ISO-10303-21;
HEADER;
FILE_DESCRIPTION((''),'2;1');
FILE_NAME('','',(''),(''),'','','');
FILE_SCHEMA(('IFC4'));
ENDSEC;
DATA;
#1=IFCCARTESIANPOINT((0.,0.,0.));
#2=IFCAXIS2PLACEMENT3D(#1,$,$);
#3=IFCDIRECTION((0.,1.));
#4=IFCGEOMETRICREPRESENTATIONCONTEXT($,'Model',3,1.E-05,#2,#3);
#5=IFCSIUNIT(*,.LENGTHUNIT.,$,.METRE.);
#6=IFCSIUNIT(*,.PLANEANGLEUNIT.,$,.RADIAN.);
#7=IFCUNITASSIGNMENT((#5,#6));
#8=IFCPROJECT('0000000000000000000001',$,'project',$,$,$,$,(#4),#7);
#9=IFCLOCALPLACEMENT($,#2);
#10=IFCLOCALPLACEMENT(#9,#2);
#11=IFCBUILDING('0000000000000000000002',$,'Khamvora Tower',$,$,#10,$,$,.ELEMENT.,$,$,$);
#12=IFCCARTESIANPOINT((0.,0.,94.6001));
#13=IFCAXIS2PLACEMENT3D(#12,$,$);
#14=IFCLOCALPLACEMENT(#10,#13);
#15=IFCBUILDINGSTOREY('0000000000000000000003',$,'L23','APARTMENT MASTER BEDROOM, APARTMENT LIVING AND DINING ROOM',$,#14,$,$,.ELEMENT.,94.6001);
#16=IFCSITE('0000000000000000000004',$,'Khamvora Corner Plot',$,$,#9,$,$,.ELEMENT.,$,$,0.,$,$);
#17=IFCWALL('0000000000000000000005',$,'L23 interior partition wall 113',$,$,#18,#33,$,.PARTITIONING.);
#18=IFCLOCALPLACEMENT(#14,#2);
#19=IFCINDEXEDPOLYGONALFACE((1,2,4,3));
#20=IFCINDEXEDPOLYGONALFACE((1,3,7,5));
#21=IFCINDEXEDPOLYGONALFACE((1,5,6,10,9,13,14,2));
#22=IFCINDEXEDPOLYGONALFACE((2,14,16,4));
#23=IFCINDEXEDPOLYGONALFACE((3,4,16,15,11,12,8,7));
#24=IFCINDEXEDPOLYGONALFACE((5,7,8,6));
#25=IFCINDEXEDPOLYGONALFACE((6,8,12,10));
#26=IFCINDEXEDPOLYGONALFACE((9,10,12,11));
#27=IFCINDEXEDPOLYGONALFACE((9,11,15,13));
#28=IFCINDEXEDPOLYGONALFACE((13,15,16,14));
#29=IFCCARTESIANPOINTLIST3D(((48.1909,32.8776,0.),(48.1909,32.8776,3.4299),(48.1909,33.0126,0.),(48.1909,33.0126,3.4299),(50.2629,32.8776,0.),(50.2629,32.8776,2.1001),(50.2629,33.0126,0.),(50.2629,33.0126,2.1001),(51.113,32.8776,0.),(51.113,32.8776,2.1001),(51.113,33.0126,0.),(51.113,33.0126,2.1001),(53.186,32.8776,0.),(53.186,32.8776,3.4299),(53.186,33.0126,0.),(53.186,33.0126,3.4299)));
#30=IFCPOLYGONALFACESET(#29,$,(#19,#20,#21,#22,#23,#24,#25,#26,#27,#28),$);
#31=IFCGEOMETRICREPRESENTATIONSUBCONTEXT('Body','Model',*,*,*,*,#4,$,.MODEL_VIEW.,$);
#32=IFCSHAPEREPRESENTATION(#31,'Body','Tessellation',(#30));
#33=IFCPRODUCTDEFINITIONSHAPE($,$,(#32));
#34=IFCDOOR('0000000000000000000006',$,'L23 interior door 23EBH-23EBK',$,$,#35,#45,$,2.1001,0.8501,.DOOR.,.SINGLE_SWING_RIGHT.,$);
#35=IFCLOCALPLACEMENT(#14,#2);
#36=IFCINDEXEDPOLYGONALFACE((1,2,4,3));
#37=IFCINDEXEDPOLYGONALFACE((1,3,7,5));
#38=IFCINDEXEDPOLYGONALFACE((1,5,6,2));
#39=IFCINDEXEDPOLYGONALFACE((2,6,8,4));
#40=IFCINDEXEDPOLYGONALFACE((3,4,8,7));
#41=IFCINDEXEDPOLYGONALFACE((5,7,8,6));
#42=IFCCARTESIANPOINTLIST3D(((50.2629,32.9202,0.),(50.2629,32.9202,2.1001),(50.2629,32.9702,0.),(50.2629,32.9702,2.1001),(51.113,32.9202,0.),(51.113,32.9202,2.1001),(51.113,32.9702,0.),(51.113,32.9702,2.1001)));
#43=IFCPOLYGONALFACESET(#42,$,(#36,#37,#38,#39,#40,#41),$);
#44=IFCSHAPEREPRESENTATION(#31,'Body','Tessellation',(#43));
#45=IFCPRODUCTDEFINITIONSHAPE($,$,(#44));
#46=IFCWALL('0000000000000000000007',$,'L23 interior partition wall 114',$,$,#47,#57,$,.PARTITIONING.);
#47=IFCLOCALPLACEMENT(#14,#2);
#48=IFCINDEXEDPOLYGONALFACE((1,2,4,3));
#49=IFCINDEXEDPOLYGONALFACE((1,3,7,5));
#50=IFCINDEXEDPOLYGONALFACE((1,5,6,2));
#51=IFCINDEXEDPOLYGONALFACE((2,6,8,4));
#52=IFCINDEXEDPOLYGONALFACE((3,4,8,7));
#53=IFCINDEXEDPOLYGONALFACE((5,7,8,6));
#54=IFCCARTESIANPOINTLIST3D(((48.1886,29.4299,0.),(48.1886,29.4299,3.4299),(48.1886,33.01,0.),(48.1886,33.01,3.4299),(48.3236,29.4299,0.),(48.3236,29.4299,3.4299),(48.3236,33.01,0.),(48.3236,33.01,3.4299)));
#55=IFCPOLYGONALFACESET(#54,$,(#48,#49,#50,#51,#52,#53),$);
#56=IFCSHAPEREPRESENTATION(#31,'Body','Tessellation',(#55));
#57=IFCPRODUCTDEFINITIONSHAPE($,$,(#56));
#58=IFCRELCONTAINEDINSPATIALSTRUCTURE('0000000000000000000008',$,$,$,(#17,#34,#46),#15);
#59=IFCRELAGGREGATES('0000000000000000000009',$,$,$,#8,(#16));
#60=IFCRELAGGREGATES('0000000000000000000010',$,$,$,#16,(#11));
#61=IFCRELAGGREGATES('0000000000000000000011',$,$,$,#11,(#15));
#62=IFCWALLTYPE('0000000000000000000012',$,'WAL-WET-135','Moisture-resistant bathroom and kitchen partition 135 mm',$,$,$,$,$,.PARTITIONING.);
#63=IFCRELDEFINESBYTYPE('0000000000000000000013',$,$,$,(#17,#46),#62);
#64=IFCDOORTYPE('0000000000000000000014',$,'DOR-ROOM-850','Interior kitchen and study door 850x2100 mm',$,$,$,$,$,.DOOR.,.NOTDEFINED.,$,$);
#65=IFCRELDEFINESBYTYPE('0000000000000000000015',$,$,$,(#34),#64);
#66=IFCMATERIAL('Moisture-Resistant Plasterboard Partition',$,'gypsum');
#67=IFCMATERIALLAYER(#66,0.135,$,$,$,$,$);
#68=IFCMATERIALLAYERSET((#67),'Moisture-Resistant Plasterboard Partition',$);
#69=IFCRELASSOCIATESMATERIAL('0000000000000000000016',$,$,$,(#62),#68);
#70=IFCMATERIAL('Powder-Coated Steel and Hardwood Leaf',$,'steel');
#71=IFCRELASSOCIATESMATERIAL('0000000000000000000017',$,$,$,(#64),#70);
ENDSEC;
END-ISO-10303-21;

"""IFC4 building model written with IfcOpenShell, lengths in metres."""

from ifc_helpers import new_model, si_unit, direction, frame, frame_2d, origin, place, context, subcontext, project, spatial, rectangle, extrude, material, layer, layer_set, type_object, element, fill, save


model = new_model("IFC4")

# Units and contexts
model_context = context("Model", 3, precision=1e-05, world=origin(), true_north=direction((0.0, 1.0)))
body_context = subcontext(model_context, "Body", "Model", "MODEL_VIEW")
ifc_project = project(units=[si_unit("LENGTHUNIT", "METRE"), si_unit("PLANEANGLEUNIT", "RADIAN")], contexts=[model_context])

# Site, building, storey
site_placement = place(None, origin())
site = spatial("IfcSite", under=ifc_project, at=site_placement, Name="Khamvora Corner Plot", CompositionType="ELEMENT", RefElevation=0.0)
building_placement = place(site_placement, origin())
building = spatial("IfcBuilding", under=site, at=building_placement, Name="Khamvora Tower", CompositionType="ELEMENT")
storey_placement = place(building_placement, frame((0.0, 0.0, 94.6001)))
storey = spatial("IfcBuildingStorey", under=building, at=storey_placement, Name="L23", Description="APARTMENT MASTER BEDROOM, APARTMENT LIVING AND DINING ROOM", CompositionType="ELEMENT", Elevation=94.6001)

# Shared definitions
ifc_material_1 = material(Name="Powder-Coated Steel and Hardwood Leaf", Category="steel")

# Shared definitions
ifc_material_2 = material(Name="Moisture-Resistant Plasterboard Partition", Category="gypsum")
ifc_layer_1 = layer(ifc_material_2, 0.135)
ifc_layer_set_1 = layer_set([ifc_layer_1], Name="Moisture-Resistant Plasterboard Partition")
wall_type_1 = type_object("IfcWallType", Name="WAL-WET-135", Description="Moisture-resistant bathroom and kitchen partition 135 mm", PredefinedType="PARTITIONING", material=ifc_layer_set_1)

# Wall, opening, door
wall_1_placement = place(storey_placement, frame((53.186, 32.9451, 0.0), z_axis=(0.0, 0.0, 1.0), x_axis=(-1.0, 0.0, 0.0)))
wall_1 = element("IfcWall", 1, at=wall_1_placement, inside=storey, type_object=wall_type_1, Name="L23 interior partition wall 113", PredefinedType="PARTITIONING", context=body_context, shape_type="SweptSolid", body=[
    extrude(rectangle(XDim=4.9951, YDim=0.135, at=frame_2d((2.4976, 0.0))), origin(), (0.0, 0.0, 1.0), 3.4299),
])
opening_1_placement = place(wall_1_placement, frame((2.073, 0.0, 0.0)))
opening_1 = element("IfcOpeningElement", 2, at=opening_1_placement, cuts=wall_1, PredefinedType="OPENING", context=body_context, shape_type="SweptSolid", body=[
    extrude(rectangle(XDim=0.8501, YDim=2.1001, at=frame_2d((0.425, 1.05))), frame((0.0, 0.0774, 0.0), z_axis=(0.0, -1.0, 0.0), x_axis=(1.0, 0.0, 0.0)), (0.0, 0.0, 1.0), 0.155),
])
door_type_1 = type_object("IfcDoorType", Name="DOR-ROOM-850", Description="Interior kitchen and study door 850x2100 mm", OperationType="NOTDEFINED", PredefinedType="DOOR", material=ifc_material_1)
door_1_placement = place(opening_1_placement, origin())
door_1 = element("IfcDoor", 3, at=door_1_placement, inside=storey, type_object=door_type_1, Name="L23 interior door 23EBH-23EBK", OperationType="SINGLE_SWING_RIGHT", OverallHeight=2.1001, OverallWidth=0.8501, PredefinedType="DOOR", context=body_context, shape_type="SweptSolid", body=[
    extrude(rectangle(XDim=0.8501, YDim=2.1001, at=frame_2d((0.425, 1.05))), frame((0.0, 0.0249, 0.0), z_axis=(0.0, -1.0, 0.0), x_axis=(1.0, 0.0, 0.0)), (0.0, 0.0, 1.0), 0.05),
])
fill(opening_1, door_1)

# Wall
wall_2_placement = place(storey_placement, frame((48.2561, 33.01, 0.0), z_axis=(0.0, 0.0, 1.0), x_axis=(0.0, -1.0, 0.0)))
element("IfcWall", 4, at=wall_2_placement, inside=storey, type_object=wall_type_1, Name="L23 interior partition wall 114", PredefinedType="PARTITIONING", context=body_context, shape_type="SweptSolid", body=[
    extrude(rectangle(XDim=3.5801, YDim=0.135, at=frame_2d((1.79, 0.0))), origin(), (0.0, 0.0, 1.0), 3.4299),
])

save(model, "model.ifc")
